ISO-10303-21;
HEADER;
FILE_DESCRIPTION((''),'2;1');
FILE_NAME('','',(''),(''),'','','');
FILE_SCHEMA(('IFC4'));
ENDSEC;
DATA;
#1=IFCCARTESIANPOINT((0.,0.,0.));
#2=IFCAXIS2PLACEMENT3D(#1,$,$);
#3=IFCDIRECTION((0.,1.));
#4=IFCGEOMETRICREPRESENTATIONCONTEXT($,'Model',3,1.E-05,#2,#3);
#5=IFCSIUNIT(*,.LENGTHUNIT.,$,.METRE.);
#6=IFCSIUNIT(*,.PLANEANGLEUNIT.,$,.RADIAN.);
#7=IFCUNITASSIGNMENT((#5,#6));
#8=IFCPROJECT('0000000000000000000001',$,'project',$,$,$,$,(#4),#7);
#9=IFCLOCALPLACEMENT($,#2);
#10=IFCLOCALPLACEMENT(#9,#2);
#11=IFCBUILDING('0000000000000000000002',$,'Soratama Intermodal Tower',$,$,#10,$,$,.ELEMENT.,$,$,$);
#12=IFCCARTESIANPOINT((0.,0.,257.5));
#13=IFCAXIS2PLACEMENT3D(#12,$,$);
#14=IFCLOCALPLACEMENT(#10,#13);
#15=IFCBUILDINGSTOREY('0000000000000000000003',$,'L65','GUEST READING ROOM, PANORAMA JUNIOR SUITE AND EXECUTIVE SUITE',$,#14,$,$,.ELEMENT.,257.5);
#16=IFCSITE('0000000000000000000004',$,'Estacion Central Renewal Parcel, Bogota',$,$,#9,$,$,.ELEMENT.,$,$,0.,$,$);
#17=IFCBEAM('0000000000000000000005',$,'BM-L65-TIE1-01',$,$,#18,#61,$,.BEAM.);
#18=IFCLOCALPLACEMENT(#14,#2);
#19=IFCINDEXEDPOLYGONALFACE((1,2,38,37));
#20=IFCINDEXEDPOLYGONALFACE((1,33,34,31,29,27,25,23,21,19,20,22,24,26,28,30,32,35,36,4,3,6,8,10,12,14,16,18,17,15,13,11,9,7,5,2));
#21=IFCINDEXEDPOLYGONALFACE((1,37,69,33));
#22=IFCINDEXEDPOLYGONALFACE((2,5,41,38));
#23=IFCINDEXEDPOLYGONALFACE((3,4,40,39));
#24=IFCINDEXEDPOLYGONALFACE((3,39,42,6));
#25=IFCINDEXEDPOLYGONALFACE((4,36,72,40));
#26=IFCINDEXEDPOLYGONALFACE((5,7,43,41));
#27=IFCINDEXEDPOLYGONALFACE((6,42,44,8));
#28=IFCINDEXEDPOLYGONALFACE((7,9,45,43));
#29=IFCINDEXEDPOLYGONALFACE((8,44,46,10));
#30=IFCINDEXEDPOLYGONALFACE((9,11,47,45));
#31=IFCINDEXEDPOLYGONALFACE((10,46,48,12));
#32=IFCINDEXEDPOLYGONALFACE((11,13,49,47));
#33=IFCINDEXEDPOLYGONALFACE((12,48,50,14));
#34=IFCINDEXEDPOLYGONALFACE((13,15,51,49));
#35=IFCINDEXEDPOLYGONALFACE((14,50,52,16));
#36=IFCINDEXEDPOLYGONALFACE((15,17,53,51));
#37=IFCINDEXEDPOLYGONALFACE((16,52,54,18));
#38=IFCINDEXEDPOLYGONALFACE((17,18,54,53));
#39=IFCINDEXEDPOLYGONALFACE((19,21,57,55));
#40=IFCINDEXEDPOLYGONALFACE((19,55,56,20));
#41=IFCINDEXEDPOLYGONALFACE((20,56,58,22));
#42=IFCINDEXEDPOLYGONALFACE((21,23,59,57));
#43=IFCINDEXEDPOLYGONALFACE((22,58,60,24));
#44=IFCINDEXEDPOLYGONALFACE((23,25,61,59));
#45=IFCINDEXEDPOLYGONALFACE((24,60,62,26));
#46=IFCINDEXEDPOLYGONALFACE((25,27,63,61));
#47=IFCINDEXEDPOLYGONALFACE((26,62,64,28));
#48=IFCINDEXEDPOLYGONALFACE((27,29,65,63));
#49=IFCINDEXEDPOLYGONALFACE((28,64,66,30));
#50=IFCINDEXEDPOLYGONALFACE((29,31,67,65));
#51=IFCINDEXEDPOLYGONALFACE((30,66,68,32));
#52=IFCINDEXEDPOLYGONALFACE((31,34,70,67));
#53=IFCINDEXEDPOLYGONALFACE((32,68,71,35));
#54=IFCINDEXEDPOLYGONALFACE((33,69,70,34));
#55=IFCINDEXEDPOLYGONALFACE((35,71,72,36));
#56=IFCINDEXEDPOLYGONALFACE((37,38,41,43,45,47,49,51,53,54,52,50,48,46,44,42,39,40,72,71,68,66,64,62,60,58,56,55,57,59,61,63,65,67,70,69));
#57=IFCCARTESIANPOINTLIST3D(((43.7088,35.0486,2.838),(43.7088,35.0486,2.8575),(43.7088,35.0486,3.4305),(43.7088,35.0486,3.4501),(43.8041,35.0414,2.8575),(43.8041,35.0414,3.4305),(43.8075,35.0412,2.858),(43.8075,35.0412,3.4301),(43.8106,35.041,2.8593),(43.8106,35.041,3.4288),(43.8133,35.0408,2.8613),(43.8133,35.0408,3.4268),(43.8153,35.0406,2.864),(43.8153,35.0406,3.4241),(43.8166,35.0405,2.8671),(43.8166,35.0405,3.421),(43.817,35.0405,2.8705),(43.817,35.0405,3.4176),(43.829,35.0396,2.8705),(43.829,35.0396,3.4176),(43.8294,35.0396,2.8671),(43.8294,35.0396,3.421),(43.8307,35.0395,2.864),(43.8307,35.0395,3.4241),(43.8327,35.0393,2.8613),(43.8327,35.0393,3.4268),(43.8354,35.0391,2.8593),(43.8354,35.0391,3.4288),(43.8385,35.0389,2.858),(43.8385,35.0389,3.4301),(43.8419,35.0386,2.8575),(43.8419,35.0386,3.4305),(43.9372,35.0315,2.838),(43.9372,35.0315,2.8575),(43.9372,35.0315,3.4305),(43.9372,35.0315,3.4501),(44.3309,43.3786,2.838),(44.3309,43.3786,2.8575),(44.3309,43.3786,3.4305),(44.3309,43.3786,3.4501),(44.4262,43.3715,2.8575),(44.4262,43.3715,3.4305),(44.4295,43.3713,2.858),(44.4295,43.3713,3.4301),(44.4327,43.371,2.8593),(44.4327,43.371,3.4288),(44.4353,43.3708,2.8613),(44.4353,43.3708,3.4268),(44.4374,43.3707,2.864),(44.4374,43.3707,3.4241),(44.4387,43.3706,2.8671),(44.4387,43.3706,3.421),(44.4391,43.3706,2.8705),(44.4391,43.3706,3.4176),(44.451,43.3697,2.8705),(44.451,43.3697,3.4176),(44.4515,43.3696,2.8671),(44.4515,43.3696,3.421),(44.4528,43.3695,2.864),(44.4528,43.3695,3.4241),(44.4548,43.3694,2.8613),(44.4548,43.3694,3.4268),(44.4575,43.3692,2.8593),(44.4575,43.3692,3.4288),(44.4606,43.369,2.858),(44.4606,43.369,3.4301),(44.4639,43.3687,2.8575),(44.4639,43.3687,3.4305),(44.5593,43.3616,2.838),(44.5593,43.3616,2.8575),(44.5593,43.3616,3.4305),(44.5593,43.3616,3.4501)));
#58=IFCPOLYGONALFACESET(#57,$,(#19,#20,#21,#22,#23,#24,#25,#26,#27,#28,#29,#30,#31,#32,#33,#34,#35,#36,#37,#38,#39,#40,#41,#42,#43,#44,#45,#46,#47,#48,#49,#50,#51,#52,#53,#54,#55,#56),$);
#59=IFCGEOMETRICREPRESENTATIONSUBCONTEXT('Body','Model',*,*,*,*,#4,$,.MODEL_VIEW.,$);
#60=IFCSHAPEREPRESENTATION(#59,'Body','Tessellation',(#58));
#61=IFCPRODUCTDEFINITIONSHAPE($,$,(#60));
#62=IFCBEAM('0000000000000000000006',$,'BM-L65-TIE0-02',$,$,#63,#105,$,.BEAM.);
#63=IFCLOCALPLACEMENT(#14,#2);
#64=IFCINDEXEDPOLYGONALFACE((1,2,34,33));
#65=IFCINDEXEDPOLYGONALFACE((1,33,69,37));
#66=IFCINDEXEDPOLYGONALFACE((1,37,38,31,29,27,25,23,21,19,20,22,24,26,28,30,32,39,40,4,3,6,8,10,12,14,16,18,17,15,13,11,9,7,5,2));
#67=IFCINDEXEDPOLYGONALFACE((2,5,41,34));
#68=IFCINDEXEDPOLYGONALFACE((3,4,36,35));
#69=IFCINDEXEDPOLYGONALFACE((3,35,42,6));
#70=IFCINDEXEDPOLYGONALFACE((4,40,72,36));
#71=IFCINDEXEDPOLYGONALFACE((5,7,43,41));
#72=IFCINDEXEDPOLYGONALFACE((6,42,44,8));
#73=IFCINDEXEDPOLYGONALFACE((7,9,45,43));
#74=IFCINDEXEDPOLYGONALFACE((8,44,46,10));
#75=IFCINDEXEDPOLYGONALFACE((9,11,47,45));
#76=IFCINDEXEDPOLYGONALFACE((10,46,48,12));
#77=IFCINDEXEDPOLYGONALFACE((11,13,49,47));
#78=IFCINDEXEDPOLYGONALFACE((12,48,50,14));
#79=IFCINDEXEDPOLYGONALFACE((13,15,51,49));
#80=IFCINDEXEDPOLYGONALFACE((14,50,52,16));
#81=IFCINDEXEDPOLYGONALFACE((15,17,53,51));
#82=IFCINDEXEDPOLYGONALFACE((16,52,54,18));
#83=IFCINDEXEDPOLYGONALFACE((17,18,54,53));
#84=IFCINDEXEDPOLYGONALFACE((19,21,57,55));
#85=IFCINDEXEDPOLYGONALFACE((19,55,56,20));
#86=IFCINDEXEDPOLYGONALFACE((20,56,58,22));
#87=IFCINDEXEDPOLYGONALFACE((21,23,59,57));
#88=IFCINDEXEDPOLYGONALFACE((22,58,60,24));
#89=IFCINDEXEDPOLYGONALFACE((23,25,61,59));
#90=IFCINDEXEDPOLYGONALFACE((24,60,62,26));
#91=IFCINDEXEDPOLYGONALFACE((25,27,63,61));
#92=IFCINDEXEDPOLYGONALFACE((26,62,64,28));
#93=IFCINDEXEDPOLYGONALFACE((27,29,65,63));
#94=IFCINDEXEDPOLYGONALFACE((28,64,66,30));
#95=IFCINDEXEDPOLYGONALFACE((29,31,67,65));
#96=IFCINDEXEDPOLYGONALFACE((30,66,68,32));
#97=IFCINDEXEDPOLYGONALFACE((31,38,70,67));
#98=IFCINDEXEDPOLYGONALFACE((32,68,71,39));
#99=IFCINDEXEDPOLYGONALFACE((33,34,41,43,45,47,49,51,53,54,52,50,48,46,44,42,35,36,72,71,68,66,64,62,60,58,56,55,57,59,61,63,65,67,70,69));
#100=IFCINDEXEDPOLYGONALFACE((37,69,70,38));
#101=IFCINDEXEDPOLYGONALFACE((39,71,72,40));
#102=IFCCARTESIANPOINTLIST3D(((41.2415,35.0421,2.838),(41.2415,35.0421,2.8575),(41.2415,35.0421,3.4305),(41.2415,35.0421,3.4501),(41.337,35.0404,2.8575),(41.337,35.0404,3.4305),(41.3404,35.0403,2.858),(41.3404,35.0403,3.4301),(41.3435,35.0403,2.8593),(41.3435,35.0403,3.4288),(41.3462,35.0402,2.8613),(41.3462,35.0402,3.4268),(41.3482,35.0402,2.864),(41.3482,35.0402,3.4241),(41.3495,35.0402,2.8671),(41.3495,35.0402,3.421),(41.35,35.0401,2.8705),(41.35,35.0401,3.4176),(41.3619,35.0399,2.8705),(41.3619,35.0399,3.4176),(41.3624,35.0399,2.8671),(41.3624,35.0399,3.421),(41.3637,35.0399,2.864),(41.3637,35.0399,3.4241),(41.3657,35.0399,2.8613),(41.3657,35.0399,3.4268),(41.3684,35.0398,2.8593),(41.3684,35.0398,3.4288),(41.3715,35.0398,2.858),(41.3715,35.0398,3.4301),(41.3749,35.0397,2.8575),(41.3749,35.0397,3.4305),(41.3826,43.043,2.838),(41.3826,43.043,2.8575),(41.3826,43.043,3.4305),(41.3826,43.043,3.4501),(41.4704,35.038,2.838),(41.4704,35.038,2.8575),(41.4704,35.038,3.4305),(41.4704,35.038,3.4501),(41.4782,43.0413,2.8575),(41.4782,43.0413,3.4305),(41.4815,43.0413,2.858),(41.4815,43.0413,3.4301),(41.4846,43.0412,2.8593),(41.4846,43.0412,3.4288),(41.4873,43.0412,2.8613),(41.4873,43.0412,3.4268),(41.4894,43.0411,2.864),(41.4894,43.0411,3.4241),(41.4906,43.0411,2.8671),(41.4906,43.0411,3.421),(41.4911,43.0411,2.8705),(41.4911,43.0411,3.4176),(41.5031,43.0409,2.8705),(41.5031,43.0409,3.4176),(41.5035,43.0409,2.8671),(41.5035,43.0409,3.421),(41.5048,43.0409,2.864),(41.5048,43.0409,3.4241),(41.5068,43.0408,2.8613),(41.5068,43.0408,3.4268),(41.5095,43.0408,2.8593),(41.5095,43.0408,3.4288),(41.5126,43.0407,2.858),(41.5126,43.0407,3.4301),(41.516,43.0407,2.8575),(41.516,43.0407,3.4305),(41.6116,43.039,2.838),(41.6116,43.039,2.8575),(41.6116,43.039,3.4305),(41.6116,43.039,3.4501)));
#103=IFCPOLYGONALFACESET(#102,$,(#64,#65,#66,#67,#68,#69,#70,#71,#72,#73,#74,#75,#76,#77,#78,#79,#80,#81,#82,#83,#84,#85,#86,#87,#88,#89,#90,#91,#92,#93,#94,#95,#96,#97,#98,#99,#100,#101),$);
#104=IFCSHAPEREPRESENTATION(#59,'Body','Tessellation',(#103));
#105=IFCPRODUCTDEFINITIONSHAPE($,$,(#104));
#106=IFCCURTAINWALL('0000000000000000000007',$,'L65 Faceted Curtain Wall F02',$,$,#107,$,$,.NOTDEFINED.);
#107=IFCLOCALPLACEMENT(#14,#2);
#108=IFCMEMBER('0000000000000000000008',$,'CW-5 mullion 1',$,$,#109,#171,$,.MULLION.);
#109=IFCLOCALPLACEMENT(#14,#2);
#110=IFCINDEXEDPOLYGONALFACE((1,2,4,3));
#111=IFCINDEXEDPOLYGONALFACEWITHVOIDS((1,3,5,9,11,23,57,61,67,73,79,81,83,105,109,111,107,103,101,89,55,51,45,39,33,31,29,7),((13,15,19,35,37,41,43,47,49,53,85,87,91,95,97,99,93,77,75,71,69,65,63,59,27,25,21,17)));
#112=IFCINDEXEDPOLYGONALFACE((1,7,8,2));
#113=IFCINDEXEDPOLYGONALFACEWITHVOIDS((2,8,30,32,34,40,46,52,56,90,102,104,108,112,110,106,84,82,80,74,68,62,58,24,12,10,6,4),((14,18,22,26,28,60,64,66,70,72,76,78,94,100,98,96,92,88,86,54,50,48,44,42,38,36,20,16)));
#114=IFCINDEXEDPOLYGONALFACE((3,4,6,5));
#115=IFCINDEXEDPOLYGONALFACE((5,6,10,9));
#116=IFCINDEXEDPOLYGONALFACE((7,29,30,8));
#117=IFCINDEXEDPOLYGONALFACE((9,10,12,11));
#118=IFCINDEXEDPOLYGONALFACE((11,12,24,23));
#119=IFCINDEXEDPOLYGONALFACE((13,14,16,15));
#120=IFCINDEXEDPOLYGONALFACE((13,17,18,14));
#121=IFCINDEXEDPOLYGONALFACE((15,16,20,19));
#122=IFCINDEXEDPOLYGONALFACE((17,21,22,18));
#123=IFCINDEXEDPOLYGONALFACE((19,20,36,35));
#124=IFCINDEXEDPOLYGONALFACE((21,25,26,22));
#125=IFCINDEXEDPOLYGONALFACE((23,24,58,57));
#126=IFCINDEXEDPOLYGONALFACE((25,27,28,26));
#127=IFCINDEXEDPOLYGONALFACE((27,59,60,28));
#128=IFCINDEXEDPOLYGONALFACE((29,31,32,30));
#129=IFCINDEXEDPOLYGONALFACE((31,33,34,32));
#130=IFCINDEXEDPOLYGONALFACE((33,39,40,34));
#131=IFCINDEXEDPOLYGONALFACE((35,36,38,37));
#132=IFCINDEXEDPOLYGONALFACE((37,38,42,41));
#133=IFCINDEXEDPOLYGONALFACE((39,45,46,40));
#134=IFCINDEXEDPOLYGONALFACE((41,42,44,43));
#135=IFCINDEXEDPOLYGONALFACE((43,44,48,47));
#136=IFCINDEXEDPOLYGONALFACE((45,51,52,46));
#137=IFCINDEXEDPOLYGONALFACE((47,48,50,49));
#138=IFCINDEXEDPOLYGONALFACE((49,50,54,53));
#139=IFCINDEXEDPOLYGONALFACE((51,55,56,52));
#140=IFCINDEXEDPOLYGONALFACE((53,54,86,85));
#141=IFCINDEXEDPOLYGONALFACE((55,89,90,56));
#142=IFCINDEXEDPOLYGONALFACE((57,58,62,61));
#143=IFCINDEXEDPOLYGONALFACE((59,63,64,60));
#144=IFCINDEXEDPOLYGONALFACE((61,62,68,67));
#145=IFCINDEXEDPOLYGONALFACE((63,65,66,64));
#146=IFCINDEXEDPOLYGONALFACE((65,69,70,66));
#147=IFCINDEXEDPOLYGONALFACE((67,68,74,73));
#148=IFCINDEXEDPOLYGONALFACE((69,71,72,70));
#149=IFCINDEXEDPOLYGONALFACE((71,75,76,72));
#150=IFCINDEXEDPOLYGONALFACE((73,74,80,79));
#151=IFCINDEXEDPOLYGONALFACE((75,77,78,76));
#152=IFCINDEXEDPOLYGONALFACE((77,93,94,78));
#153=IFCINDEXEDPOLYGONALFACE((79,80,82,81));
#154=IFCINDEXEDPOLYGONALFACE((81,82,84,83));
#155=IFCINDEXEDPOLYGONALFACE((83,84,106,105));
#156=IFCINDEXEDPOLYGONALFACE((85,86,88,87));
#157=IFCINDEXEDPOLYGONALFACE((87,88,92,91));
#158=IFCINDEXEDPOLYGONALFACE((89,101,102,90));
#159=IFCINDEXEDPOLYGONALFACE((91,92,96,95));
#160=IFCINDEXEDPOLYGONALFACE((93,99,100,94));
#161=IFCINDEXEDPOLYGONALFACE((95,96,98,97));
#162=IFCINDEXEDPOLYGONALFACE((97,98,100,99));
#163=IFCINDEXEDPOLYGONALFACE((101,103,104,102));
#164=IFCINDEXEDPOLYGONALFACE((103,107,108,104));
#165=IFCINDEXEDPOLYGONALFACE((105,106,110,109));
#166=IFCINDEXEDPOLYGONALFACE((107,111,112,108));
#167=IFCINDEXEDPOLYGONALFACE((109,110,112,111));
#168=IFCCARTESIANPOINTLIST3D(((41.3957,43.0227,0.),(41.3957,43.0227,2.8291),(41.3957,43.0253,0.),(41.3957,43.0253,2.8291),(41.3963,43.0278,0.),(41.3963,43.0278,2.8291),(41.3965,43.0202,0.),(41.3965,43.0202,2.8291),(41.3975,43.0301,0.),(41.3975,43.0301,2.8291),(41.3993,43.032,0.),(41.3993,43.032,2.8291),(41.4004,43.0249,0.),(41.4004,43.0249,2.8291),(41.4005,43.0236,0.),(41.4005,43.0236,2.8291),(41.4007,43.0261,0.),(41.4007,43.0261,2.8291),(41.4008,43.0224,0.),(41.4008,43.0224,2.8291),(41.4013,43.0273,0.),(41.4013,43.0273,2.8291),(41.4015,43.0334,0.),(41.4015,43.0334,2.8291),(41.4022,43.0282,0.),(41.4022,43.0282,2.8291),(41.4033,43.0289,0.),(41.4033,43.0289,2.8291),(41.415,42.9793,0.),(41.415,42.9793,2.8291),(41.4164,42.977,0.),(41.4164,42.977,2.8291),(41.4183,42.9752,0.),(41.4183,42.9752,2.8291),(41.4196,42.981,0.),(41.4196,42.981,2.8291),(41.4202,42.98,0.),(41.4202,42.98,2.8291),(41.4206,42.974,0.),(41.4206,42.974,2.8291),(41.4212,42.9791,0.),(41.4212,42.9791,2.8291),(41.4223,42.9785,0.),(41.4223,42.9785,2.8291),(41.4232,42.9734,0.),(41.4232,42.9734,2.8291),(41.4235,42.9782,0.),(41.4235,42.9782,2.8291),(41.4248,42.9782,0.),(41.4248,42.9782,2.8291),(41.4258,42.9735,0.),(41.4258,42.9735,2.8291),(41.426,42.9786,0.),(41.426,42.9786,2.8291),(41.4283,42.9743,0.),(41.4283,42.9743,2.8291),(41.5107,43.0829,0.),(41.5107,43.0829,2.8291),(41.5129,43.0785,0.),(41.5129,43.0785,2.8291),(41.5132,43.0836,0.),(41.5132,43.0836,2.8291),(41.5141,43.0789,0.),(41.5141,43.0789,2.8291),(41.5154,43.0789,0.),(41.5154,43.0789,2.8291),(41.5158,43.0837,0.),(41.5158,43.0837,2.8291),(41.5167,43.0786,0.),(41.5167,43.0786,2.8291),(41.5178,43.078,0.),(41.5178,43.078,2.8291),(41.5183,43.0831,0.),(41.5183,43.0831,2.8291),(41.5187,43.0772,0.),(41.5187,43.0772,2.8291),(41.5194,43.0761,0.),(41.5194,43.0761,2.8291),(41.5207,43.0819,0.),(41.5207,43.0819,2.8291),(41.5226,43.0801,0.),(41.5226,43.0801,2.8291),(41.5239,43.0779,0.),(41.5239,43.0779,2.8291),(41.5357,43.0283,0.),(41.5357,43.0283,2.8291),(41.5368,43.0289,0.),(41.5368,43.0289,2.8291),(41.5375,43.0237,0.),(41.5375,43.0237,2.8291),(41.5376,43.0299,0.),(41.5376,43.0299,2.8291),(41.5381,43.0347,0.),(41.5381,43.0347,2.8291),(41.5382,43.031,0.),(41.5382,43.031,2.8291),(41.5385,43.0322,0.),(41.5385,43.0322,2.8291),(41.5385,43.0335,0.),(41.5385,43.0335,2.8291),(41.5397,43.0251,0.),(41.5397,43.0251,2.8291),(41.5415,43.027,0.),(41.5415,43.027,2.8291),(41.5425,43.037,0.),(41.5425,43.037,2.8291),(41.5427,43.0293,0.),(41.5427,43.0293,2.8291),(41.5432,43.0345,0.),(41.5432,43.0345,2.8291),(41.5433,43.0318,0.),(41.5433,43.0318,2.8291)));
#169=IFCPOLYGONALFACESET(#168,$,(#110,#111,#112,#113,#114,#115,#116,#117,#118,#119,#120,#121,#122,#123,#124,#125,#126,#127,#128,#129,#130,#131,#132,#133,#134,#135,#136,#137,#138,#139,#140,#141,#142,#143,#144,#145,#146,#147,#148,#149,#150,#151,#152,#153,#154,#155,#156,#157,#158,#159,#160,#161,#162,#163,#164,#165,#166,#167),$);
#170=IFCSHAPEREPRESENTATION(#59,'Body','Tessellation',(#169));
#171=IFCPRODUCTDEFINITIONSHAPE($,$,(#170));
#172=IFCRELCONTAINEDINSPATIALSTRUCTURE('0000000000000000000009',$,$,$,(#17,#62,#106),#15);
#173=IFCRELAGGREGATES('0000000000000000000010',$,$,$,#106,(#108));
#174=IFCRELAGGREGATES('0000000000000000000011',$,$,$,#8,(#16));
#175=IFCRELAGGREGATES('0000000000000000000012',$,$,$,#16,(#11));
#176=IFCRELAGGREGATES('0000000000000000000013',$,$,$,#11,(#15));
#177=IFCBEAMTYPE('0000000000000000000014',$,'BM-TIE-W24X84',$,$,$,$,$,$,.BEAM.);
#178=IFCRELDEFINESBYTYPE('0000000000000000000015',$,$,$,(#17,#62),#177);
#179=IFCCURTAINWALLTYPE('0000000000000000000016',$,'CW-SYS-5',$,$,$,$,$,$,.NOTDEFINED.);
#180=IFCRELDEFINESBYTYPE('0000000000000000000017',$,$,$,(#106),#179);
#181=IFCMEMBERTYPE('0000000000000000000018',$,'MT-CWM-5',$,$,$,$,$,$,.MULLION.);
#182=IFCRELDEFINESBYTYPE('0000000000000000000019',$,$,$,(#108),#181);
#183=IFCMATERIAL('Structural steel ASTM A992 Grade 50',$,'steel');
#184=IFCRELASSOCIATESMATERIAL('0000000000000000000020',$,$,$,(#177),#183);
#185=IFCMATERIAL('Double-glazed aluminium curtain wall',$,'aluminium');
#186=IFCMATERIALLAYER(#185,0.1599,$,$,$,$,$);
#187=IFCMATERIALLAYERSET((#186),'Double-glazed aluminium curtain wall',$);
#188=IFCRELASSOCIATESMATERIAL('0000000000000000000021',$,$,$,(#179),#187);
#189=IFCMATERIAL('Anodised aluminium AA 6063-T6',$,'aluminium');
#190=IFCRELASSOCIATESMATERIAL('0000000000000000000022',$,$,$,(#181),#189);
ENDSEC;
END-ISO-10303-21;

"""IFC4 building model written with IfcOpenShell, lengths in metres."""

from ifc_helpers import new_model, si_unit, direction, frame, origin, origin_2d, place, context, subcontext, project, spatial, hollow_rectangle, i_section, extrude, material, layer, layer_set, material_profile, profile_set, type_object, element, aggregate, save


model = new_model("IFC4")

# Units and contexts
model_context = context("Model", 3, precision=1e-05, world=origin(), true_north=direction((0.0, 1.0)))
body_context = subcontext(model_context, "Body", "Model", "MODEL_VIEW")
ifc_project = project(units=[si_unit("LENGTHUNIT", "METRE"), si_unit("PLANEANGLEUNIT", "RADIAN")], contexts=[model_context])

# Site, building, storey
site_placement = place(None, origin())
site = spatial("IfcSite", under=ifc_project, at=site_placement, Name="Estacion Central Renewal Parcel, Bogota", CompositionType="ELEMENT", RefElevation=0.0)
building_placement = place(site_placement, origin())
building = spatial("IfcBuilding", under=site, at=building_placement, Name="Soratama Intermodal Tower", CompositionType="ELEMENT")
storey_placement = place(building_placement, frame((0.0, 0.0, 257.5)))
storey = spatial("IfcBuildingStorey", under=building, at=storey_placement, Name="L65", Description="GUEST READING ROOM, PANORAMA JUNIOR SUITE AND EXECUTIVE SUITE", CompositionType="ELEMENT", Elevation=257.5)

# Beams
ifc_material_1 = material(Name="Structural steel ASTM A992 Grade 50", Category="steel")
ifc_material_profile_1 = material_profile(ifc_material_1, i_section(OverallWidth=0.229, OverallDepth=0.6121, WebThickness=0.012, FlangeThickness=0.0195, FilletRadius=0.0129, at=origin_2d()), Name="W24X84")
ifc_profile_set_1 = profile_set([ifc_material_profile_1], Name="Structural steel ASTM A992 Grade 50")
beam_type_1 = type_object("IfcBeamType", Name="BM-TIE-W24X84", PredefinedType="BEAM", material=ifc_profile_set_1)
beam_1_placement = place(storey_placement, frame((43.823, 35.04, 3.144), z_axis=(0.07447, 0.997223, 0.0), x_axis=(-0.997223, 0.07447, 0.0)))
element("IfcBeam", 1, at=beam_1_placement, inside=storey, type_object=beam_type_1, Name="BM-L65-TIE1-01", PredefinedType="BEAM", context=body_context, shape_type="SweptSolid", body=[
    extrude(i_section(OverallWidth=0.229, OverallDepth=0.6121, WebThickness=0.012, FlangeThickness=0.0195, FilletRadius=0.0129, at=origin_2d()), origin(), (0.0, 0.0, 1.0), 8.3533),
])
beam_2_placement = place(storey_placement, frame((41.356, 35.04, 3.144), z_axis=(0.017634, 0.999845, 0.0), x_axis=(-0.999845, 0.017634, 0.0)))
element("IfcBeam", 2, at=beam_2_placement, inside=storey, type_object=beam_type_1, Name="BM-L65-TIE0-02", PredefinedType="BEAM", context=body_context, shape_type="SweptSolid", body=[
    extrude(i_section(OverallWidth=0.229, OverallDepth=0.6121, WebThickness=0.012, FlangeThickness=0.0195, FilletRadius=0.0129, at=origin_2d()), origin(), (0.0, 0.0, 1.0), 8.0022),
])

# Curtain wall, member
ifc_material_2 = material(Name="Double-glazed aluminium curtain wall", Category="aluminium")
ifc_layer_1 = layer(ifc_material_2, 0.1599)
ifc_layer_set_1 = layer_set([ifc_layer_1], Name="Double-glazed aluminium curtain wall")
curtain_wall_type = type_object("IfcCurtainWallType", Name="CW-SYS-5", PredefinedType="NOTDEFINED", material=ifc_layer_set_1)
curtain_wall_placement = place(storey_placement, origin())
curtain_wall = element("IfcCurtainWall", 3, at=curtain_wall_placement, inside=storey, type_object=curtain_wall_type, Name="L65 Faceted Curtain Wall F02", PredefinedType="NOTDEFINED")
ifc_material_3 = material(Name="Anodised aluminium AA 6063-T6", Category="aluminium")
ifc_material_profile_2 = material_profile(ifc_material_3, hollow_rectangle(XDim=0.0649, YDim=0.1399, WallThickness=0.0049, InnerFilletRadius=0.0049, OuterFilletRadius=0.01, at=origin_2d()), Name="CWM140X65X5")
ifc_profile_set_2 = profile_set([ifc_material_profile_2], Name="Anodised aluminium AA 6063-T6")
member_type_1 = type_object("IfcMemberType", Name="MT-CWM-5", PredefinedType="MULLION", material=ifc_profile_set_2)
member_1_placement = place(storey_placement, frame((41.4695, 43.0286, 0.0), z_axis=(0.0, 0.0, 1.0), x_axis=(0.412468, -0.910972, 0.0)))
member_1 = element("IfcMember", 4, at=member_1_placement, type_object=member_type_1, Name="CW-5 mullion 1", PredefinedType="MULLION", context=body_context, shape_type="SweptSolid", body=[
    extrude(hollow_rectangle(XDim=0.0649, YDim=0.1399, WallThickness=0.0049, InnerFilletRadius=0.0049, OuterFilletRadius=0.01, at=origin_2d()), origin(), (0.0, 0.0, 1.0), 2.8291),
])
aggregate(curtain_wall, [member_1])

save(model, "model.ifc")
